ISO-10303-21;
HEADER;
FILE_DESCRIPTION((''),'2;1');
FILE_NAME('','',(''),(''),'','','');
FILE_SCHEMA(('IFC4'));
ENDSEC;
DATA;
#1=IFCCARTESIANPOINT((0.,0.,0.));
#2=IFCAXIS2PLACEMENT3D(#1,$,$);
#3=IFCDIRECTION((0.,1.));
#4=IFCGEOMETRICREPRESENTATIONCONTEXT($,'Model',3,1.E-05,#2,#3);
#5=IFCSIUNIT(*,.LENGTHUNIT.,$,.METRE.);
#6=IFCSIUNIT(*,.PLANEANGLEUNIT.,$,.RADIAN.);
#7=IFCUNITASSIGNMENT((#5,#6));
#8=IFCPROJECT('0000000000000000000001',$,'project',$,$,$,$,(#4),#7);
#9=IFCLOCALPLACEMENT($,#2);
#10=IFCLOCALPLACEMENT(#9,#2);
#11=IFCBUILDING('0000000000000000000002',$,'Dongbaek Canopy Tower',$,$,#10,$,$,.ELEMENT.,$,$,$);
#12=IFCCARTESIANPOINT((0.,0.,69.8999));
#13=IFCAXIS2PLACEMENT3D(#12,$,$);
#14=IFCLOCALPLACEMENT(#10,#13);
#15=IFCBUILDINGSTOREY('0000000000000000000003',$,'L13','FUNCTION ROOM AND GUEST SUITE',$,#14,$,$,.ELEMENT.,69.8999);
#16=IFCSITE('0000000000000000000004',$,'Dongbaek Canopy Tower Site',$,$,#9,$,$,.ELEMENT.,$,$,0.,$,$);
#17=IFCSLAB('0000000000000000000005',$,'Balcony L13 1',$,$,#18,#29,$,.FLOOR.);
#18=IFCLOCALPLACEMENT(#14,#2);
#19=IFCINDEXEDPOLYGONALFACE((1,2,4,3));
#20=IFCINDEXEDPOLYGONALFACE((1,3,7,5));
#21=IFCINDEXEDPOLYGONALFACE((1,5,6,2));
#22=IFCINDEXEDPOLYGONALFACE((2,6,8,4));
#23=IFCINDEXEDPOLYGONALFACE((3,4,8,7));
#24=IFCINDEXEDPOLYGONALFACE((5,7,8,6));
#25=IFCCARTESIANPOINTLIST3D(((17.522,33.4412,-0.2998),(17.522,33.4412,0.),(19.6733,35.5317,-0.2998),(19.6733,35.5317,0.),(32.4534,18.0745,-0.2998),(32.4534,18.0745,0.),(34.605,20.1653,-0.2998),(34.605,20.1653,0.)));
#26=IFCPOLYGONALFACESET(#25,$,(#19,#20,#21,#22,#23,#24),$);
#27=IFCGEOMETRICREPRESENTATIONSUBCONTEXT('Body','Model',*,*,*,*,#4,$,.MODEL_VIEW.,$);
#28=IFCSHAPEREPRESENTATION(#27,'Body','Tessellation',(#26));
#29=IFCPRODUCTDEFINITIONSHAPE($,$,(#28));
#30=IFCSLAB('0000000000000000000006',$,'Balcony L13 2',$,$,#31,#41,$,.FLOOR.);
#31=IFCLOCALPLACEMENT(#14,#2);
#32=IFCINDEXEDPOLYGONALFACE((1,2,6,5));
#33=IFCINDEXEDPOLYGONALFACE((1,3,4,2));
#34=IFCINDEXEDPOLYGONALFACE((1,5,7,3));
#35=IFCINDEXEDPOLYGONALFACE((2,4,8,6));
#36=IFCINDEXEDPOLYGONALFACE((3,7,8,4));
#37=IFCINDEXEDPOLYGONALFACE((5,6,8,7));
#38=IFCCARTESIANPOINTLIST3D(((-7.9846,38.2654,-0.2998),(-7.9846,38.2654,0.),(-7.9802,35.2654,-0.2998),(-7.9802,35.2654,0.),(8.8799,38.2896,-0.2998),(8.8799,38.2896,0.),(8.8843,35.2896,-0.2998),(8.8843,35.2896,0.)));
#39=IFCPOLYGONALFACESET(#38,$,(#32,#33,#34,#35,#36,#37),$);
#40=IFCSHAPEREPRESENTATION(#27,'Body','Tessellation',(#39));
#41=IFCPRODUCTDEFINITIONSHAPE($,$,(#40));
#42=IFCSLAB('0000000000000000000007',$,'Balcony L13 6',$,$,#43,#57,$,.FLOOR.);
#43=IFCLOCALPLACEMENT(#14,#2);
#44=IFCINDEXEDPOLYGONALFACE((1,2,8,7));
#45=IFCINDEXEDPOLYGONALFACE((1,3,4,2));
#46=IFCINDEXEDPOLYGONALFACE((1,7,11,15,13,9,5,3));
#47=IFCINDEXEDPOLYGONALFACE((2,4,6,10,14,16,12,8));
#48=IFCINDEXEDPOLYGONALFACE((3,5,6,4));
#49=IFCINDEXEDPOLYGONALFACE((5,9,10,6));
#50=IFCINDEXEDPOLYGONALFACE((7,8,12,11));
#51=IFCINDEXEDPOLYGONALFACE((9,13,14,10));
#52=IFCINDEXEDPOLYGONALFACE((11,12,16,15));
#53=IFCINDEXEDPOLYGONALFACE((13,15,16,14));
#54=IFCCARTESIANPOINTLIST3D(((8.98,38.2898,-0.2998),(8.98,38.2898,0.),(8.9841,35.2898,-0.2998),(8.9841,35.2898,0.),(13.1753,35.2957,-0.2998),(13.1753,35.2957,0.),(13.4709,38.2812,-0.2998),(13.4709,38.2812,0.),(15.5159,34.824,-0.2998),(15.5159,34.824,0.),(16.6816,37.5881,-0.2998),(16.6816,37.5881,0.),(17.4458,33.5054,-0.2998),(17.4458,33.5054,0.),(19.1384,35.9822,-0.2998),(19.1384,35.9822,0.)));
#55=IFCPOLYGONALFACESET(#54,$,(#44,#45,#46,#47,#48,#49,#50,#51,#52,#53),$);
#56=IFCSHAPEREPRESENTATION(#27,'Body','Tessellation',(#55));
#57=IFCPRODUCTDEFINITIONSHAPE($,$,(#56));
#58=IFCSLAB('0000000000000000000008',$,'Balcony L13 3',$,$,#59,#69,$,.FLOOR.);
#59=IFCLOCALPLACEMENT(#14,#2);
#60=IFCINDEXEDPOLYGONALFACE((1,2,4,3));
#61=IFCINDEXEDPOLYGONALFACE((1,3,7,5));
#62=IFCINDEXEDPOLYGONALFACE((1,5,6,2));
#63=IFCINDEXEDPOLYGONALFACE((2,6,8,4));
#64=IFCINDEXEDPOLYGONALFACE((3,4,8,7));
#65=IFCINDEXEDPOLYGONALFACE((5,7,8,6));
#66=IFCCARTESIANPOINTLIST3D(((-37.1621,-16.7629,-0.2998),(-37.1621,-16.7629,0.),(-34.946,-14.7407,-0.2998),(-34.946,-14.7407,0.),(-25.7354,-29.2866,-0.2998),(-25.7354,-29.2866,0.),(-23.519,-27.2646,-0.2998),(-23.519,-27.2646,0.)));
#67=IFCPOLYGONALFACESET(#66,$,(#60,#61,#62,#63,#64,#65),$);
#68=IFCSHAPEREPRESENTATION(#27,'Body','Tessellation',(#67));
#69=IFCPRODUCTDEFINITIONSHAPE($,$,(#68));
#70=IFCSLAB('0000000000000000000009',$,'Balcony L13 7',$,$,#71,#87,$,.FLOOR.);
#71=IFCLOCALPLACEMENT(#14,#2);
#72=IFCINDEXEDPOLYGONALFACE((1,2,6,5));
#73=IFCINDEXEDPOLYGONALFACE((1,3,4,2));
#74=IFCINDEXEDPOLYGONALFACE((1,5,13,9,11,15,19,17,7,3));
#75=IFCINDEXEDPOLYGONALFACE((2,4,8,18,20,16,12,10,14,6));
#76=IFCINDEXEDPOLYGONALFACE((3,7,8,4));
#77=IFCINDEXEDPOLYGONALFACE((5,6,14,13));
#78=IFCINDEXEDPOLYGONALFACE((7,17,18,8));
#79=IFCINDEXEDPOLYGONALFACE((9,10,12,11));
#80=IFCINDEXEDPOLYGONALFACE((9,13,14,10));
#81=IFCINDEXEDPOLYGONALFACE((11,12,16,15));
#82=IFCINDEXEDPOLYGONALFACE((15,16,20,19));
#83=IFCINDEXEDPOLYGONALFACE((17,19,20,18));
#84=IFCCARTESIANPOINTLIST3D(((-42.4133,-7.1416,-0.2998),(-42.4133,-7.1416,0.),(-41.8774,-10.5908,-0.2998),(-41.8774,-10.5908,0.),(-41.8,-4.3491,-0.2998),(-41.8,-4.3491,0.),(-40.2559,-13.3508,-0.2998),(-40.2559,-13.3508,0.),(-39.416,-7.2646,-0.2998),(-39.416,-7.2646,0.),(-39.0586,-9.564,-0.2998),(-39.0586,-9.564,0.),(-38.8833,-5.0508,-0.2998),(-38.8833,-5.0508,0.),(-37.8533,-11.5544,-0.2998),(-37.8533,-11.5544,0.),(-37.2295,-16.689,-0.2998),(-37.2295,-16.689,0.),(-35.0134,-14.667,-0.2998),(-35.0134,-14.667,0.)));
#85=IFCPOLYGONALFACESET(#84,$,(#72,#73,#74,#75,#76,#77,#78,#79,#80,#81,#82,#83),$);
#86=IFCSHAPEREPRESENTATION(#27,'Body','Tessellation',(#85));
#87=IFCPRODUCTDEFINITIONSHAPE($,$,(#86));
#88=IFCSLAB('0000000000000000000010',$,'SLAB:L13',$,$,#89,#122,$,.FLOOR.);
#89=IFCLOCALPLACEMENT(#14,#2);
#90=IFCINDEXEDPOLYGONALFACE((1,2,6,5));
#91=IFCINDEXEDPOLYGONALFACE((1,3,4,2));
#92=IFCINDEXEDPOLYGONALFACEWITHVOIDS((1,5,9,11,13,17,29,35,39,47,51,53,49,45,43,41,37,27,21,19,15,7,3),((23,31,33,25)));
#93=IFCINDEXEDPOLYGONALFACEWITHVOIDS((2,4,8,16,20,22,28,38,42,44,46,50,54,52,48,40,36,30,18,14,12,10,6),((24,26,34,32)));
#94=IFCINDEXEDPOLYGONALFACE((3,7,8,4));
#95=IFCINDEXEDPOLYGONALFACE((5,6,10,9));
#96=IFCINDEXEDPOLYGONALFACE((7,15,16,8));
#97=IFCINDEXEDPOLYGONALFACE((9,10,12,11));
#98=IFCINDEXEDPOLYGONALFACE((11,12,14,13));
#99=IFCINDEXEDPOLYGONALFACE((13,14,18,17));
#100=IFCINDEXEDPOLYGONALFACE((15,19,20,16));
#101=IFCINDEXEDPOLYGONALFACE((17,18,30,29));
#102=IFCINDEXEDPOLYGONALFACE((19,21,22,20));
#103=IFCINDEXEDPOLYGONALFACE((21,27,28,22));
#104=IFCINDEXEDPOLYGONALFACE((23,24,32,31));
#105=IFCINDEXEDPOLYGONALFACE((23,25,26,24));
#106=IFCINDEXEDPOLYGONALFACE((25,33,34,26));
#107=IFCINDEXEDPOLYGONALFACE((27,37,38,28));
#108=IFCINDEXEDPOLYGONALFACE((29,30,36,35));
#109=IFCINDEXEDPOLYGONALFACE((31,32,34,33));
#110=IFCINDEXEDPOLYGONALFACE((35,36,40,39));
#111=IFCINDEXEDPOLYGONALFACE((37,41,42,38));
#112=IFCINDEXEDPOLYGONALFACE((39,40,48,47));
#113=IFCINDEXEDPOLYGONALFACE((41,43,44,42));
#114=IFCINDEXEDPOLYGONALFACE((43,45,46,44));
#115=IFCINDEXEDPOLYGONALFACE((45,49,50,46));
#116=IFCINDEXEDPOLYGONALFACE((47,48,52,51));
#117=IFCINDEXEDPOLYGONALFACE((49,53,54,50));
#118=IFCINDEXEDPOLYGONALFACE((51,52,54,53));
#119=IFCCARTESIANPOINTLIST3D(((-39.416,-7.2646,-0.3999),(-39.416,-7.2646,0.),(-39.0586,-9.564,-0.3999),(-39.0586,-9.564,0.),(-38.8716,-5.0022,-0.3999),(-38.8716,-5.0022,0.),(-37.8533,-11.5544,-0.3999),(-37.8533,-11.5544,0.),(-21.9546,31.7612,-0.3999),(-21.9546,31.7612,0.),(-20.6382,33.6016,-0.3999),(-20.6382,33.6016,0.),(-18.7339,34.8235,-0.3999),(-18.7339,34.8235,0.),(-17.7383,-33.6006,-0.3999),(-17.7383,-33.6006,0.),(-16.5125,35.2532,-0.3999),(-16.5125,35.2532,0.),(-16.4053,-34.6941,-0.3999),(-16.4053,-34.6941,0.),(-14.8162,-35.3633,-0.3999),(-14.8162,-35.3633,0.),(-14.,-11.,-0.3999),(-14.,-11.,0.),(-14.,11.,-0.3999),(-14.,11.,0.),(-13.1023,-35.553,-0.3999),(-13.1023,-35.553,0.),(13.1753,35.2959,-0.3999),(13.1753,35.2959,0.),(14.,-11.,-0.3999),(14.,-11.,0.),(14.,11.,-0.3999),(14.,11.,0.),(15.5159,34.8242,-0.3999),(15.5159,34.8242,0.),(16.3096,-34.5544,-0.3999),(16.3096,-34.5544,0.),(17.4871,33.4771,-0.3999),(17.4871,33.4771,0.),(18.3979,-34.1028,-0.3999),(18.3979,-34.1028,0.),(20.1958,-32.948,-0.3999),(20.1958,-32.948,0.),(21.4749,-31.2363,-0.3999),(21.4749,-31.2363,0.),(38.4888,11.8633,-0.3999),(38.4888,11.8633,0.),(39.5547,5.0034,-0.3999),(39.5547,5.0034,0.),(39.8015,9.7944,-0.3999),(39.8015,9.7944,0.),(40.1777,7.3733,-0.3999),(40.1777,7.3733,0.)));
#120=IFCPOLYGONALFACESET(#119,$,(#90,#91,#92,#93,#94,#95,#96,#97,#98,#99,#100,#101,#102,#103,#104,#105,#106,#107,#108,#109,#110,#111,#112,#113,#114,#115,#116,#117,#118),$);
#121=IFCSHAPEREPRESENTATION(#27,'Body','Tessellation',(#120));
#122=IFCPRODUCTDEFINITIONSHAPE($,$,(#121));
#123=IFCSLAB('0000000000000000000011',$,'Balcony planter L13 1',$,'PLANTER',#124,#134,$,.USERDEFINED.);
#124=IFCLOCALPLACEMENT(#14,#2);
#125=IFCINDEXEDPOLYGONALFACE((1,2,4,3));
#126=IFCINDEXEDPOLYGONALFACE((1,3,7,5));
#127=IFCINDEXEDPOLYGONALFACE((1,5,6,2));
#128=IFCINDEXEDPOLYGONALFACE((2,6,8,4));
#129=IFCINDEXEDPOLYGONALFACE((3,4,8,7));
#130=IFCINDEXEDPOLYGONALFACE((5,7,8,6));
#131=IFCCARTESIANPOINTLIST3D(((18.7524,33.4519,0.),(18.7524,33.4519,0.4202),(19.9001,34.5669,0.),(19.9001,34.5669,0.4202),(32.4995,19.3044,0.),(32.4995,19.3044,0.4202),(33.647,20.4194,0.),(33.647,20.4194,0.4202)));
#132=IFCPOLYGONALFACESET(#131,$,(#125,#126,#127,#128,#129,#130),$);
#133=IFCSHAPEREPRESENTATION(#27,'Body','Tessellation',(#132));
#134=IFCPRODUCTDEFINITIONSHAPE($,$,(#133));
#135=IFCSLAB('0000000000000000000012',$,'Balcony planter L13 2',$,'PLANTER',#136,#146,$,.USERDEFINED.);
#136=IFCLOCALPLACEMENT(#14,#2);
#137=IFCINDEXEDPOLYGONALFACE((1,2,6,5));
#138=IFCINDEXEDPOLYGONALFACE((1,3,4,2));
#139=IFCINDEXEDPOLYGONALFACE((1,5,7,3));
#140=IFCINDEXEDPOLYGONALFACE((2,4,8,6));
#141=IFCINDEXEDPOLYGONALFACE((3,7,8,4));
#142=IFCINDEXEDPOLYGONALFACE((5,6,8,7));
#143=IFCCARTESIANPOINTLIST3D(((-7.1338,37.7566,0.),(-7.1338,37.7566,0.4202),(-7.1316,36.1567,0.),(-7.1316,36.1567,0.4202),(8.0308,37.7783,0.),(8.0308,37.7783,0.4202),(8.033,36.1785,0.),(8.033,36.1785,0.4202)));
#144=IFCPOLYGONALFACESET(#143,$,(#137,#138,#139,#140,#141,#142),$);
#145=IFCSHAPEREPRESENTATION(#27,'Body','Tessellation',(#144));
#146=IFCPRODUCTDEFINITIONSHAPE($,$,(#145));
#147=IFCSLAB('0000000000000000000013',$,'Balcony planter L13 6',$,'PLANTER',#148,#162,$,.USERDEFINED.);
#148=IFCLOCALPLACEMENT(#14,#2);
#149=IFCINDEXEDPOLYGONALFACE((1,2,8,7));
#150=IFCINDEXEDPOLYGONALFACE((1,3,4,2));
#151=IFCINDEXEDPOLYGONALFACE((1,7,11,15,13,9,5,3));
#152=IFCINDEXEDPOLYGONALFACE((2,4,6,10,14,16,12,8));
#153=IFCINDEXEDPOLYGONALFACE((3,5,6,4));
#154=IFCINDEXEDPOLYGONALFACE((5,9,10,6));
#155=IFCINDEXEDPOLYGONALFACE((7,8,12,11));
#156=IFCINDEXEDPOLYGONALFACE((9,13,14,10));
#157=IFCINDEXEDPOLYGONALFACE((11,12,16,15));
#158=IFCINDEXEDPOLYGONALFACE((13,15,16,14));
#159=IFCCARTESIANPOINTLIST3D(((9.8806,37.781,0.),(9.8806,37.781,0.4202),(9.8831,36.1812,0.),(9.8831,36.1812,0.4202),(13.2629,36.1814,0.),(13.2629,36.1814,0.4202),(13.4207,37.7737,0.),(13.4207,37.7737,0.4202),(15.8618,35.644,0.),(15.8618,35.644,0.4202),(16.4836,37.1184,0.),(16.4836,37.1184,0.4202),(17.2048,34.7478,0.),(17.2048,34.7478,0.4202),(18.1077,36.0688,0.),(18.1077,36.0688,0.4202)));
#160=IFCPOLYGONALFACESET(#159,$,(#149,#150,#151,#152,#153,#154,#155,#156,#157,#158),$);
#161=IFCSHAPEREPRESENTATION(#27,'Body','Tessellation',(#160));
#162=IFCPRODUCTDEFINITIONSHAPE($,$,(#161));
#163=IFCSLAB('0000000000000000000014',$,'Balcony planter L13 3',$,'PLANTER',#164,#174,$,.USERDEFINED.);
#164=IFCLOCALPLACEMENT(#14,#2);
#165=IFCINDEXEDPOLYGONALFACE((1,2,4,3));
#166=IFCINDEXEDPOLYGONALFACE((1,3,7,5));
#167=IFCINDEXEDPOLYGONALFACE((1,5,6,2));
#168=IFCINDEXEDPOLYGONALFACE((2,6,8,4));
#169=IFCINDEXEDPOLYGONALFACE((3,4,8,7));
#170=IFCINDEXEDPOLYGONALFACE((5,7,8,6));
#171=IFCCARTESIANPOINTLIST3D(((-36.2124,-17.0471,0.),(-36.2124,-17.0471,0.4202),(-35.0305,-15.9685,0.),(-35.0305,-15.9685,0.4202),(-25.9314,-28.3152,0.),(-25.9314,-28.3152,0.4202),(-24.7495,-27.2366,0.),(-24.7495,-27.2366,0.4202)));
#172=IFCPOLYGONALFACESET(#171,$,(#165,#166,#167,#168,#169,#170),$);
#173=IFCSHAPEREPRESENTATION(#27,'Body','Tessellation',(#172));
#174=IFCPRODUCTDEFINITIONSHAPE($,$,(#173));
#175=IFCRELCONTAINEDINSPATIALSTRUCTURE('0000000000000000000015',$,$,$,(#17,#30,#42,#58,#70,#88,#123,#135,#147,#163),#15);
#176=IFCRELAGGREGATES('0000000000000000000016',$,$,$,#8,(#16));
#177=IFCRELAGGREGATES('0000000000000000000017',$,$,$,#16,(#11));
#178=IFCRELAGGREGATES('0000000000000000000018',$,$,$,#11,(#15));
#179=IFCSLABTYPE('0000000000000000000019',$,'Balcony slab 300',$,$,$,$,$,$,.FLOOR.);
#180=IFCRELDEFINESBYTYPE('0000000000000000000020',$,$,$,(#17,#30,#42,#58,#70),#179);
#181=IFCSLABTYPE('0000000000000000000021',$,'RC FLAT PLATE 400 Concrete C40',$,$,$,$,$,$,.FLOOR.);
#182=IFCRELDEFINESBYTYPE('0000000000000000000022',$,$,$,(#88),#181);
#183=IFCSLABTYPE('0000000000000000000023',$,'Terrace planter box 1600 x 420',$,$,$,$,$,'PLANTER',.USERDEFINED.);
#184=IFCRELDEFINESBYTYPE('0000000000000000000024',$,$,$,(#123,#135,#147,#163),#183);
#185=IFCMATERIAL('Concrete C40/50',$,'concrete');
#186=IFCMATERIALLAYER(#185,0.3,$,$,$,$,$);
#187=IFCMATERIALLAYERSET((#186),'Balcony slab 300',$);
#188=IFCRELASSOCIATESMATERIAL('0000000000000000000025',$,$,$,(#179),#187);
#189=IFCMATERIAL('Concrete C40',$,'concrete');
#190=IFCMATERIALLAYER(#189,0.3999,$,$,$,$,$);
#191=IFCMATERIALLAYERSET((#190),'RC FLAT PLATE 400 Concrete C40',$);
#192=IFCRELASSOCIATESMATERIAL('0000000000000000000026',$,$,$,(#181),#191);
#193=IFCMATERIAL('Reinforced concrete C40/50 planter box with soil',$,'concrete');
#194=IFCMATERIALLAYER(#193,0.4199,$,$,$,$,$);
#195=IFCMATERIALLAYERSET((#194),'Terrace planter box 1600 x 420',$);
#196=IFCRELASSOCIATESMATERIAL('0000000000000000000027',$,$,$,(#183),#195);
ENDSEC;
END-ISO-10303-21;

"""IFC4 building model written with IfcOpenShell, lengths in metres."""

from ifc_helpers import new_model, si_unit, direction, frame, origin, place, context, subcontext, project, spatial, polyline, outline, extrude, material, layer, layer_set, type_object, element, save


model = new_model("IFC4")

# Units and contexts
model_context = context("Model", 3, precision=1e-05, world=origin(), true_north=direction((0.0, 1.0)))
body_context = subcontext(model_context, "Body", "Model", "MODEL_VIEW")
ifc_project = project(units=[si_unit("LENGTHUNIT", "METRE"), si_unit("PLANEANGLEUNIT", "RADIAN")], contexts=[model_context])

# Site, building, storey
site_placement = place(None, origin())
site = spatial("IfcSite", under=ifc_project, at=site_placement, Name="Dongbaek Canopy Tower Site", CompositionType="ELEMENT", RefElevation=0.0)
building_placement = place(site_placement, origin())
building = spatial("IfcBuilding", under=site, at=building_placement, Name="Dongbaek Canopy Tower", CompositionType="ELEMENT")
storey_placement = place(building_placement, frame((0.0, 0.0, 69.8999)))
storey = spatial("IfcBuildingStorey", under=building, at=storey_placement, Name="L13", Description="FUNCTION ROOM AND GUEST SUITE", CompositionType="ELEMENT", Elevation=69.8999)

# Slabs
ifc_material_1 = material(Name="Concrete C40/50", Category="concrete")
ifc_layer_1 = layer(ifc_material_1, 0.3)
ifc_layer_set_1 = layer_set([ifc_layer_1], Name="Balcony slab 300")
slab_type_1 = type_object("IfcSlabType", Name="Balcony slab 300", PredefinedType="FLOOR", material=ifc_layer_set_1)
slab_1_placement = place(storey_placement, frame((0.0, 0.0, -0.2998)))
element("IfcSlab", 1, at=slab_1_placement, inside=storey, type_object=slab_type_1, Name="Balcony L13 1", PredefinedType="FLOOR", context=body_context, shape_type="SweptSolid", body=[
    extrude(outline(polyline([(32.4534, 18.0745), (17.522, 33.4412), (19.6733, 35.5317), (34.605, 20.1653), (32.4534, 18.0745)])), origin(), (0.0, 0.0, 1.0), 0.2998),
])
slab_2_placement = place(storey_placement, frame((0.0, 0.0, -0.2998)))
element("IfcSlab", 2, at=slab_2_placement, inside=storey, type_object=slab_type_1, Name="Balcony L13 2", PredefinedType="FLOOR", context=body_context, shape_type="SweptSolid", body=[
    extrude(outline(polyline([(8.8843, 35.2896), (-7.9802, 35.2654), (-7.9846, 38.2654), (8.8799, 38.2896), (8.8843, 35.2896)])), origin(), (0.0, 0.0, 1.0), 0.2998),
])
slab_3_placement = place(storey_placement, frame((0.0, 0.0, -0.2998)))
element("IfcSlab", 3, at=slab_3_placement, inside=storey, type_object=slab_type_1, Name="Balcony L13 6", PredefinedType="FLOOR", context=body_context, shape_type="SweptSolid", body=[
    extrude(outline(polyline([(17.4458, 33.5054), (15.5159, 34.824), (13.1753, 35.2957), (8.9841, 35.2898), (8.98, 38.2898), (13.4709, 38.2812), (16.6816, 37.5881), (19.1384, 35.9822), (17.4458, 33.5054)])), origin(), (0.0, 0.0, 1.0), 0.2998),
])
slab_4_placement = place(storey_placement, frame((0.0, 0.0, -0.2998)))
element("IfcSlab", 4, at=slab_4_placement, inside=storey, type_object=slab_type_1, Name="Balcony L13 3", PredefinedType="FLOOR", context=body_context, shape_type="SweptSolid", body=[
    extrude(outline(polyline([(-34.946, -14.7407), (-23.519, -27.2646), (-25.7354, -29.2866), (-37.1621, -16.7629), (-34.946, -14.7407)])), origin(), (0.0, 0.0, 1.0), 0.2998),
])
slab_5_placement = place(storey_placement, frame((0.0, 0.0, -0.2998)))
element("IfcSlab", 5, at=slab_5_placement, inside=storey, type_object=slab_type_1, Name="Balcony L13 7", PredefinedType="FLOOR", context=body_context, shape_type="SweptSolid", body=[
    extrude(outline(polyline([(-38.8833, -5.0508), (-39.416, -7.2646), (-39.0586, -9.564), (-37.8533, -11.5544), (-35.0134, -14.667), (-37.2295, -16.689), (-40.2559, -13.3508), (-41.8774, -10.5908), (-42.4133, -7.1416), (-41.8, -4.3491), (-38.8833, -5.0508)])), origin(), (0.0, 0.0, 1.0), 0.2998),
])
ifc_material_2 = material(Name="Concrete C40", Category="concrete")
ifc_layer_2 = layer(ifc_material_2, 0.3999)
ifc_layer_set_2 = layer_set([ifc_layer_2], Name="RC FLAT PLATE 400 Concrete C40")
slab_type_2 = type_object("IfcSlabType", Name="RC FLAT PLATE 400 Concrete C40", PredefinedType="FLOOR", material=ifc_layer_set_2)
slab_6_placement = place(storey_placement, frame((0.0, 0.0, -0.3999)))
element("IfcSlab", 6, at=slab_6_placement, inside=storey, type_object=slab_type_2, Name="SLAB:L13", PredefinedType="FLOOR", context=body_context, shape_type="SweptSolid", body=[
    extrude(outline(polyline([(21.4749, -31.2363), (20.1958, -32.948), (18.3979, -34.1028), (16.3096, -34.5544), (-13.1023, -35.553), (-14.8162, -35.3633), (-16.4053, -34.6941), (-17.7383, -33.6006), (-37.8533, -11.5544), (-39.0586, -9.564), (-39.416, -7.2646), (-38.8716, -5.0022), (-21.9546, 31.7612), (-20.6382, 33.6016), (-18.7339, 34.8235), (-16.5125, 35.2532), (13.1753, 35.2959), (15.5159, 34.8242), (17.4871, 33.4771), (38.4888, 11.8633), (39.8015, 9.7944), (40.1777, 7.3733), (39.5547, 5.0034), (21.4749, -31.2363)]), holes=[polyline([(14.0, 11.0), (-14.0, 11.0), (-14.0, -11.0), (14.0, -11.0), (14.0, 11.0)])]), origin(), (0.0, 0.0, 1.0), 0.3999),
])
ifc_material_3 = material(Name="Reinforced concrete C40/50 planter box with soil", Category="concrete")
ifc_layer_3 = layer(ifc_material_3, 0.4199)
ifc_layer_set_3 = layer_set([ifc_layer_3], Name="Terrace planter box 1600 x 420")
slab_type_3 = type_object("IfcSlabType", Name="Terrace planter box 1600 x 420", ElementType="PLANTER", PredefinedType="USERDEFINED", material=ifc_layer_set_3)
slab_7_placement = place(storey_placement, origin())
element("IfcSlab", 7, at=slab_7_placement, inside=storey, type_object=slab_type_3, Name="Balcony planter L13 1", ObjectType="PLANTER", PredefinedType="USERDEFINED", context=body_context, shape_type="SweptSolid", body=[
    extrude(outline(polyline([(32.4995, 19.3044), (18.7524, 33.4519), (19.9001, 34.5669), (33.647, 20.4194), (32.4995, 19.3044)])), origin(), (0.0, 0.0, 1.0), 0.4202),
])
slab_8_placement = place(storey_placement, origin())
element("IfcSlab", 8, at=slab_8_placement, inside=storey, type_object=slab_type_3, Name="Balcony planter L13 2", ObjectType="PLANTER", PredefinedType="USERDEFINED", context=body_context, shape_type="SweptSolid", body=[
    extrude(outline(polyline([(8.033, 36.1785), (-7.1316, 36.1567), (-7.1338, 37.7566), (8.0308, 37.7783), (8.033, 36.1785)])), origin(), (0.0, 0.0, 1.0), 0.4202),
])
slab_9_placement = place(storey_placement, origin())
element("IfcSlab", 9, at=slab_9_placement, inside=storey, type_object=slab_type_3, Name="Balcony planter L13 6", ObjectType="PLANTER", PredefinedType="USERDEFINED", context=body_context, shape_type="SweptSolid", body=[
    extrude(outline(polyline([(17.2048, 34.7478), (15.8618, 35.644), (13.2629, 36.1814), (9.8831, 36.1812), (9.8806, 37.781), (13.4207, 37.7737), (16.4836, 37.1184), (18.1077, 36.0688), (17.2048, 34.7478)])), origin(), (0.0, 0.0, 1.0), 0.4202),
])
slab_10_placement = place(storey_placement, origin())
element("IfcSlab", 10, at=slab_10_placement, inside=storey, type_object=slab_type_3, Name="Balcony planter L13 3", ObjectType="PLANTER", PredefinedType="USERDEFINED", context=body_context, shape_type="SweptSolid", body=[
    extrude(outline(polyline([(-35.0305, -15.9685), (-24.7495, -27.2366), (-25.9314, -28.3152), (-36.2124, -17.0471), (-35.0305, -15.9685)])), origin(), (0.0, 0.0, 1.0), 0.4202),
])

save(model, "model.ifc")
